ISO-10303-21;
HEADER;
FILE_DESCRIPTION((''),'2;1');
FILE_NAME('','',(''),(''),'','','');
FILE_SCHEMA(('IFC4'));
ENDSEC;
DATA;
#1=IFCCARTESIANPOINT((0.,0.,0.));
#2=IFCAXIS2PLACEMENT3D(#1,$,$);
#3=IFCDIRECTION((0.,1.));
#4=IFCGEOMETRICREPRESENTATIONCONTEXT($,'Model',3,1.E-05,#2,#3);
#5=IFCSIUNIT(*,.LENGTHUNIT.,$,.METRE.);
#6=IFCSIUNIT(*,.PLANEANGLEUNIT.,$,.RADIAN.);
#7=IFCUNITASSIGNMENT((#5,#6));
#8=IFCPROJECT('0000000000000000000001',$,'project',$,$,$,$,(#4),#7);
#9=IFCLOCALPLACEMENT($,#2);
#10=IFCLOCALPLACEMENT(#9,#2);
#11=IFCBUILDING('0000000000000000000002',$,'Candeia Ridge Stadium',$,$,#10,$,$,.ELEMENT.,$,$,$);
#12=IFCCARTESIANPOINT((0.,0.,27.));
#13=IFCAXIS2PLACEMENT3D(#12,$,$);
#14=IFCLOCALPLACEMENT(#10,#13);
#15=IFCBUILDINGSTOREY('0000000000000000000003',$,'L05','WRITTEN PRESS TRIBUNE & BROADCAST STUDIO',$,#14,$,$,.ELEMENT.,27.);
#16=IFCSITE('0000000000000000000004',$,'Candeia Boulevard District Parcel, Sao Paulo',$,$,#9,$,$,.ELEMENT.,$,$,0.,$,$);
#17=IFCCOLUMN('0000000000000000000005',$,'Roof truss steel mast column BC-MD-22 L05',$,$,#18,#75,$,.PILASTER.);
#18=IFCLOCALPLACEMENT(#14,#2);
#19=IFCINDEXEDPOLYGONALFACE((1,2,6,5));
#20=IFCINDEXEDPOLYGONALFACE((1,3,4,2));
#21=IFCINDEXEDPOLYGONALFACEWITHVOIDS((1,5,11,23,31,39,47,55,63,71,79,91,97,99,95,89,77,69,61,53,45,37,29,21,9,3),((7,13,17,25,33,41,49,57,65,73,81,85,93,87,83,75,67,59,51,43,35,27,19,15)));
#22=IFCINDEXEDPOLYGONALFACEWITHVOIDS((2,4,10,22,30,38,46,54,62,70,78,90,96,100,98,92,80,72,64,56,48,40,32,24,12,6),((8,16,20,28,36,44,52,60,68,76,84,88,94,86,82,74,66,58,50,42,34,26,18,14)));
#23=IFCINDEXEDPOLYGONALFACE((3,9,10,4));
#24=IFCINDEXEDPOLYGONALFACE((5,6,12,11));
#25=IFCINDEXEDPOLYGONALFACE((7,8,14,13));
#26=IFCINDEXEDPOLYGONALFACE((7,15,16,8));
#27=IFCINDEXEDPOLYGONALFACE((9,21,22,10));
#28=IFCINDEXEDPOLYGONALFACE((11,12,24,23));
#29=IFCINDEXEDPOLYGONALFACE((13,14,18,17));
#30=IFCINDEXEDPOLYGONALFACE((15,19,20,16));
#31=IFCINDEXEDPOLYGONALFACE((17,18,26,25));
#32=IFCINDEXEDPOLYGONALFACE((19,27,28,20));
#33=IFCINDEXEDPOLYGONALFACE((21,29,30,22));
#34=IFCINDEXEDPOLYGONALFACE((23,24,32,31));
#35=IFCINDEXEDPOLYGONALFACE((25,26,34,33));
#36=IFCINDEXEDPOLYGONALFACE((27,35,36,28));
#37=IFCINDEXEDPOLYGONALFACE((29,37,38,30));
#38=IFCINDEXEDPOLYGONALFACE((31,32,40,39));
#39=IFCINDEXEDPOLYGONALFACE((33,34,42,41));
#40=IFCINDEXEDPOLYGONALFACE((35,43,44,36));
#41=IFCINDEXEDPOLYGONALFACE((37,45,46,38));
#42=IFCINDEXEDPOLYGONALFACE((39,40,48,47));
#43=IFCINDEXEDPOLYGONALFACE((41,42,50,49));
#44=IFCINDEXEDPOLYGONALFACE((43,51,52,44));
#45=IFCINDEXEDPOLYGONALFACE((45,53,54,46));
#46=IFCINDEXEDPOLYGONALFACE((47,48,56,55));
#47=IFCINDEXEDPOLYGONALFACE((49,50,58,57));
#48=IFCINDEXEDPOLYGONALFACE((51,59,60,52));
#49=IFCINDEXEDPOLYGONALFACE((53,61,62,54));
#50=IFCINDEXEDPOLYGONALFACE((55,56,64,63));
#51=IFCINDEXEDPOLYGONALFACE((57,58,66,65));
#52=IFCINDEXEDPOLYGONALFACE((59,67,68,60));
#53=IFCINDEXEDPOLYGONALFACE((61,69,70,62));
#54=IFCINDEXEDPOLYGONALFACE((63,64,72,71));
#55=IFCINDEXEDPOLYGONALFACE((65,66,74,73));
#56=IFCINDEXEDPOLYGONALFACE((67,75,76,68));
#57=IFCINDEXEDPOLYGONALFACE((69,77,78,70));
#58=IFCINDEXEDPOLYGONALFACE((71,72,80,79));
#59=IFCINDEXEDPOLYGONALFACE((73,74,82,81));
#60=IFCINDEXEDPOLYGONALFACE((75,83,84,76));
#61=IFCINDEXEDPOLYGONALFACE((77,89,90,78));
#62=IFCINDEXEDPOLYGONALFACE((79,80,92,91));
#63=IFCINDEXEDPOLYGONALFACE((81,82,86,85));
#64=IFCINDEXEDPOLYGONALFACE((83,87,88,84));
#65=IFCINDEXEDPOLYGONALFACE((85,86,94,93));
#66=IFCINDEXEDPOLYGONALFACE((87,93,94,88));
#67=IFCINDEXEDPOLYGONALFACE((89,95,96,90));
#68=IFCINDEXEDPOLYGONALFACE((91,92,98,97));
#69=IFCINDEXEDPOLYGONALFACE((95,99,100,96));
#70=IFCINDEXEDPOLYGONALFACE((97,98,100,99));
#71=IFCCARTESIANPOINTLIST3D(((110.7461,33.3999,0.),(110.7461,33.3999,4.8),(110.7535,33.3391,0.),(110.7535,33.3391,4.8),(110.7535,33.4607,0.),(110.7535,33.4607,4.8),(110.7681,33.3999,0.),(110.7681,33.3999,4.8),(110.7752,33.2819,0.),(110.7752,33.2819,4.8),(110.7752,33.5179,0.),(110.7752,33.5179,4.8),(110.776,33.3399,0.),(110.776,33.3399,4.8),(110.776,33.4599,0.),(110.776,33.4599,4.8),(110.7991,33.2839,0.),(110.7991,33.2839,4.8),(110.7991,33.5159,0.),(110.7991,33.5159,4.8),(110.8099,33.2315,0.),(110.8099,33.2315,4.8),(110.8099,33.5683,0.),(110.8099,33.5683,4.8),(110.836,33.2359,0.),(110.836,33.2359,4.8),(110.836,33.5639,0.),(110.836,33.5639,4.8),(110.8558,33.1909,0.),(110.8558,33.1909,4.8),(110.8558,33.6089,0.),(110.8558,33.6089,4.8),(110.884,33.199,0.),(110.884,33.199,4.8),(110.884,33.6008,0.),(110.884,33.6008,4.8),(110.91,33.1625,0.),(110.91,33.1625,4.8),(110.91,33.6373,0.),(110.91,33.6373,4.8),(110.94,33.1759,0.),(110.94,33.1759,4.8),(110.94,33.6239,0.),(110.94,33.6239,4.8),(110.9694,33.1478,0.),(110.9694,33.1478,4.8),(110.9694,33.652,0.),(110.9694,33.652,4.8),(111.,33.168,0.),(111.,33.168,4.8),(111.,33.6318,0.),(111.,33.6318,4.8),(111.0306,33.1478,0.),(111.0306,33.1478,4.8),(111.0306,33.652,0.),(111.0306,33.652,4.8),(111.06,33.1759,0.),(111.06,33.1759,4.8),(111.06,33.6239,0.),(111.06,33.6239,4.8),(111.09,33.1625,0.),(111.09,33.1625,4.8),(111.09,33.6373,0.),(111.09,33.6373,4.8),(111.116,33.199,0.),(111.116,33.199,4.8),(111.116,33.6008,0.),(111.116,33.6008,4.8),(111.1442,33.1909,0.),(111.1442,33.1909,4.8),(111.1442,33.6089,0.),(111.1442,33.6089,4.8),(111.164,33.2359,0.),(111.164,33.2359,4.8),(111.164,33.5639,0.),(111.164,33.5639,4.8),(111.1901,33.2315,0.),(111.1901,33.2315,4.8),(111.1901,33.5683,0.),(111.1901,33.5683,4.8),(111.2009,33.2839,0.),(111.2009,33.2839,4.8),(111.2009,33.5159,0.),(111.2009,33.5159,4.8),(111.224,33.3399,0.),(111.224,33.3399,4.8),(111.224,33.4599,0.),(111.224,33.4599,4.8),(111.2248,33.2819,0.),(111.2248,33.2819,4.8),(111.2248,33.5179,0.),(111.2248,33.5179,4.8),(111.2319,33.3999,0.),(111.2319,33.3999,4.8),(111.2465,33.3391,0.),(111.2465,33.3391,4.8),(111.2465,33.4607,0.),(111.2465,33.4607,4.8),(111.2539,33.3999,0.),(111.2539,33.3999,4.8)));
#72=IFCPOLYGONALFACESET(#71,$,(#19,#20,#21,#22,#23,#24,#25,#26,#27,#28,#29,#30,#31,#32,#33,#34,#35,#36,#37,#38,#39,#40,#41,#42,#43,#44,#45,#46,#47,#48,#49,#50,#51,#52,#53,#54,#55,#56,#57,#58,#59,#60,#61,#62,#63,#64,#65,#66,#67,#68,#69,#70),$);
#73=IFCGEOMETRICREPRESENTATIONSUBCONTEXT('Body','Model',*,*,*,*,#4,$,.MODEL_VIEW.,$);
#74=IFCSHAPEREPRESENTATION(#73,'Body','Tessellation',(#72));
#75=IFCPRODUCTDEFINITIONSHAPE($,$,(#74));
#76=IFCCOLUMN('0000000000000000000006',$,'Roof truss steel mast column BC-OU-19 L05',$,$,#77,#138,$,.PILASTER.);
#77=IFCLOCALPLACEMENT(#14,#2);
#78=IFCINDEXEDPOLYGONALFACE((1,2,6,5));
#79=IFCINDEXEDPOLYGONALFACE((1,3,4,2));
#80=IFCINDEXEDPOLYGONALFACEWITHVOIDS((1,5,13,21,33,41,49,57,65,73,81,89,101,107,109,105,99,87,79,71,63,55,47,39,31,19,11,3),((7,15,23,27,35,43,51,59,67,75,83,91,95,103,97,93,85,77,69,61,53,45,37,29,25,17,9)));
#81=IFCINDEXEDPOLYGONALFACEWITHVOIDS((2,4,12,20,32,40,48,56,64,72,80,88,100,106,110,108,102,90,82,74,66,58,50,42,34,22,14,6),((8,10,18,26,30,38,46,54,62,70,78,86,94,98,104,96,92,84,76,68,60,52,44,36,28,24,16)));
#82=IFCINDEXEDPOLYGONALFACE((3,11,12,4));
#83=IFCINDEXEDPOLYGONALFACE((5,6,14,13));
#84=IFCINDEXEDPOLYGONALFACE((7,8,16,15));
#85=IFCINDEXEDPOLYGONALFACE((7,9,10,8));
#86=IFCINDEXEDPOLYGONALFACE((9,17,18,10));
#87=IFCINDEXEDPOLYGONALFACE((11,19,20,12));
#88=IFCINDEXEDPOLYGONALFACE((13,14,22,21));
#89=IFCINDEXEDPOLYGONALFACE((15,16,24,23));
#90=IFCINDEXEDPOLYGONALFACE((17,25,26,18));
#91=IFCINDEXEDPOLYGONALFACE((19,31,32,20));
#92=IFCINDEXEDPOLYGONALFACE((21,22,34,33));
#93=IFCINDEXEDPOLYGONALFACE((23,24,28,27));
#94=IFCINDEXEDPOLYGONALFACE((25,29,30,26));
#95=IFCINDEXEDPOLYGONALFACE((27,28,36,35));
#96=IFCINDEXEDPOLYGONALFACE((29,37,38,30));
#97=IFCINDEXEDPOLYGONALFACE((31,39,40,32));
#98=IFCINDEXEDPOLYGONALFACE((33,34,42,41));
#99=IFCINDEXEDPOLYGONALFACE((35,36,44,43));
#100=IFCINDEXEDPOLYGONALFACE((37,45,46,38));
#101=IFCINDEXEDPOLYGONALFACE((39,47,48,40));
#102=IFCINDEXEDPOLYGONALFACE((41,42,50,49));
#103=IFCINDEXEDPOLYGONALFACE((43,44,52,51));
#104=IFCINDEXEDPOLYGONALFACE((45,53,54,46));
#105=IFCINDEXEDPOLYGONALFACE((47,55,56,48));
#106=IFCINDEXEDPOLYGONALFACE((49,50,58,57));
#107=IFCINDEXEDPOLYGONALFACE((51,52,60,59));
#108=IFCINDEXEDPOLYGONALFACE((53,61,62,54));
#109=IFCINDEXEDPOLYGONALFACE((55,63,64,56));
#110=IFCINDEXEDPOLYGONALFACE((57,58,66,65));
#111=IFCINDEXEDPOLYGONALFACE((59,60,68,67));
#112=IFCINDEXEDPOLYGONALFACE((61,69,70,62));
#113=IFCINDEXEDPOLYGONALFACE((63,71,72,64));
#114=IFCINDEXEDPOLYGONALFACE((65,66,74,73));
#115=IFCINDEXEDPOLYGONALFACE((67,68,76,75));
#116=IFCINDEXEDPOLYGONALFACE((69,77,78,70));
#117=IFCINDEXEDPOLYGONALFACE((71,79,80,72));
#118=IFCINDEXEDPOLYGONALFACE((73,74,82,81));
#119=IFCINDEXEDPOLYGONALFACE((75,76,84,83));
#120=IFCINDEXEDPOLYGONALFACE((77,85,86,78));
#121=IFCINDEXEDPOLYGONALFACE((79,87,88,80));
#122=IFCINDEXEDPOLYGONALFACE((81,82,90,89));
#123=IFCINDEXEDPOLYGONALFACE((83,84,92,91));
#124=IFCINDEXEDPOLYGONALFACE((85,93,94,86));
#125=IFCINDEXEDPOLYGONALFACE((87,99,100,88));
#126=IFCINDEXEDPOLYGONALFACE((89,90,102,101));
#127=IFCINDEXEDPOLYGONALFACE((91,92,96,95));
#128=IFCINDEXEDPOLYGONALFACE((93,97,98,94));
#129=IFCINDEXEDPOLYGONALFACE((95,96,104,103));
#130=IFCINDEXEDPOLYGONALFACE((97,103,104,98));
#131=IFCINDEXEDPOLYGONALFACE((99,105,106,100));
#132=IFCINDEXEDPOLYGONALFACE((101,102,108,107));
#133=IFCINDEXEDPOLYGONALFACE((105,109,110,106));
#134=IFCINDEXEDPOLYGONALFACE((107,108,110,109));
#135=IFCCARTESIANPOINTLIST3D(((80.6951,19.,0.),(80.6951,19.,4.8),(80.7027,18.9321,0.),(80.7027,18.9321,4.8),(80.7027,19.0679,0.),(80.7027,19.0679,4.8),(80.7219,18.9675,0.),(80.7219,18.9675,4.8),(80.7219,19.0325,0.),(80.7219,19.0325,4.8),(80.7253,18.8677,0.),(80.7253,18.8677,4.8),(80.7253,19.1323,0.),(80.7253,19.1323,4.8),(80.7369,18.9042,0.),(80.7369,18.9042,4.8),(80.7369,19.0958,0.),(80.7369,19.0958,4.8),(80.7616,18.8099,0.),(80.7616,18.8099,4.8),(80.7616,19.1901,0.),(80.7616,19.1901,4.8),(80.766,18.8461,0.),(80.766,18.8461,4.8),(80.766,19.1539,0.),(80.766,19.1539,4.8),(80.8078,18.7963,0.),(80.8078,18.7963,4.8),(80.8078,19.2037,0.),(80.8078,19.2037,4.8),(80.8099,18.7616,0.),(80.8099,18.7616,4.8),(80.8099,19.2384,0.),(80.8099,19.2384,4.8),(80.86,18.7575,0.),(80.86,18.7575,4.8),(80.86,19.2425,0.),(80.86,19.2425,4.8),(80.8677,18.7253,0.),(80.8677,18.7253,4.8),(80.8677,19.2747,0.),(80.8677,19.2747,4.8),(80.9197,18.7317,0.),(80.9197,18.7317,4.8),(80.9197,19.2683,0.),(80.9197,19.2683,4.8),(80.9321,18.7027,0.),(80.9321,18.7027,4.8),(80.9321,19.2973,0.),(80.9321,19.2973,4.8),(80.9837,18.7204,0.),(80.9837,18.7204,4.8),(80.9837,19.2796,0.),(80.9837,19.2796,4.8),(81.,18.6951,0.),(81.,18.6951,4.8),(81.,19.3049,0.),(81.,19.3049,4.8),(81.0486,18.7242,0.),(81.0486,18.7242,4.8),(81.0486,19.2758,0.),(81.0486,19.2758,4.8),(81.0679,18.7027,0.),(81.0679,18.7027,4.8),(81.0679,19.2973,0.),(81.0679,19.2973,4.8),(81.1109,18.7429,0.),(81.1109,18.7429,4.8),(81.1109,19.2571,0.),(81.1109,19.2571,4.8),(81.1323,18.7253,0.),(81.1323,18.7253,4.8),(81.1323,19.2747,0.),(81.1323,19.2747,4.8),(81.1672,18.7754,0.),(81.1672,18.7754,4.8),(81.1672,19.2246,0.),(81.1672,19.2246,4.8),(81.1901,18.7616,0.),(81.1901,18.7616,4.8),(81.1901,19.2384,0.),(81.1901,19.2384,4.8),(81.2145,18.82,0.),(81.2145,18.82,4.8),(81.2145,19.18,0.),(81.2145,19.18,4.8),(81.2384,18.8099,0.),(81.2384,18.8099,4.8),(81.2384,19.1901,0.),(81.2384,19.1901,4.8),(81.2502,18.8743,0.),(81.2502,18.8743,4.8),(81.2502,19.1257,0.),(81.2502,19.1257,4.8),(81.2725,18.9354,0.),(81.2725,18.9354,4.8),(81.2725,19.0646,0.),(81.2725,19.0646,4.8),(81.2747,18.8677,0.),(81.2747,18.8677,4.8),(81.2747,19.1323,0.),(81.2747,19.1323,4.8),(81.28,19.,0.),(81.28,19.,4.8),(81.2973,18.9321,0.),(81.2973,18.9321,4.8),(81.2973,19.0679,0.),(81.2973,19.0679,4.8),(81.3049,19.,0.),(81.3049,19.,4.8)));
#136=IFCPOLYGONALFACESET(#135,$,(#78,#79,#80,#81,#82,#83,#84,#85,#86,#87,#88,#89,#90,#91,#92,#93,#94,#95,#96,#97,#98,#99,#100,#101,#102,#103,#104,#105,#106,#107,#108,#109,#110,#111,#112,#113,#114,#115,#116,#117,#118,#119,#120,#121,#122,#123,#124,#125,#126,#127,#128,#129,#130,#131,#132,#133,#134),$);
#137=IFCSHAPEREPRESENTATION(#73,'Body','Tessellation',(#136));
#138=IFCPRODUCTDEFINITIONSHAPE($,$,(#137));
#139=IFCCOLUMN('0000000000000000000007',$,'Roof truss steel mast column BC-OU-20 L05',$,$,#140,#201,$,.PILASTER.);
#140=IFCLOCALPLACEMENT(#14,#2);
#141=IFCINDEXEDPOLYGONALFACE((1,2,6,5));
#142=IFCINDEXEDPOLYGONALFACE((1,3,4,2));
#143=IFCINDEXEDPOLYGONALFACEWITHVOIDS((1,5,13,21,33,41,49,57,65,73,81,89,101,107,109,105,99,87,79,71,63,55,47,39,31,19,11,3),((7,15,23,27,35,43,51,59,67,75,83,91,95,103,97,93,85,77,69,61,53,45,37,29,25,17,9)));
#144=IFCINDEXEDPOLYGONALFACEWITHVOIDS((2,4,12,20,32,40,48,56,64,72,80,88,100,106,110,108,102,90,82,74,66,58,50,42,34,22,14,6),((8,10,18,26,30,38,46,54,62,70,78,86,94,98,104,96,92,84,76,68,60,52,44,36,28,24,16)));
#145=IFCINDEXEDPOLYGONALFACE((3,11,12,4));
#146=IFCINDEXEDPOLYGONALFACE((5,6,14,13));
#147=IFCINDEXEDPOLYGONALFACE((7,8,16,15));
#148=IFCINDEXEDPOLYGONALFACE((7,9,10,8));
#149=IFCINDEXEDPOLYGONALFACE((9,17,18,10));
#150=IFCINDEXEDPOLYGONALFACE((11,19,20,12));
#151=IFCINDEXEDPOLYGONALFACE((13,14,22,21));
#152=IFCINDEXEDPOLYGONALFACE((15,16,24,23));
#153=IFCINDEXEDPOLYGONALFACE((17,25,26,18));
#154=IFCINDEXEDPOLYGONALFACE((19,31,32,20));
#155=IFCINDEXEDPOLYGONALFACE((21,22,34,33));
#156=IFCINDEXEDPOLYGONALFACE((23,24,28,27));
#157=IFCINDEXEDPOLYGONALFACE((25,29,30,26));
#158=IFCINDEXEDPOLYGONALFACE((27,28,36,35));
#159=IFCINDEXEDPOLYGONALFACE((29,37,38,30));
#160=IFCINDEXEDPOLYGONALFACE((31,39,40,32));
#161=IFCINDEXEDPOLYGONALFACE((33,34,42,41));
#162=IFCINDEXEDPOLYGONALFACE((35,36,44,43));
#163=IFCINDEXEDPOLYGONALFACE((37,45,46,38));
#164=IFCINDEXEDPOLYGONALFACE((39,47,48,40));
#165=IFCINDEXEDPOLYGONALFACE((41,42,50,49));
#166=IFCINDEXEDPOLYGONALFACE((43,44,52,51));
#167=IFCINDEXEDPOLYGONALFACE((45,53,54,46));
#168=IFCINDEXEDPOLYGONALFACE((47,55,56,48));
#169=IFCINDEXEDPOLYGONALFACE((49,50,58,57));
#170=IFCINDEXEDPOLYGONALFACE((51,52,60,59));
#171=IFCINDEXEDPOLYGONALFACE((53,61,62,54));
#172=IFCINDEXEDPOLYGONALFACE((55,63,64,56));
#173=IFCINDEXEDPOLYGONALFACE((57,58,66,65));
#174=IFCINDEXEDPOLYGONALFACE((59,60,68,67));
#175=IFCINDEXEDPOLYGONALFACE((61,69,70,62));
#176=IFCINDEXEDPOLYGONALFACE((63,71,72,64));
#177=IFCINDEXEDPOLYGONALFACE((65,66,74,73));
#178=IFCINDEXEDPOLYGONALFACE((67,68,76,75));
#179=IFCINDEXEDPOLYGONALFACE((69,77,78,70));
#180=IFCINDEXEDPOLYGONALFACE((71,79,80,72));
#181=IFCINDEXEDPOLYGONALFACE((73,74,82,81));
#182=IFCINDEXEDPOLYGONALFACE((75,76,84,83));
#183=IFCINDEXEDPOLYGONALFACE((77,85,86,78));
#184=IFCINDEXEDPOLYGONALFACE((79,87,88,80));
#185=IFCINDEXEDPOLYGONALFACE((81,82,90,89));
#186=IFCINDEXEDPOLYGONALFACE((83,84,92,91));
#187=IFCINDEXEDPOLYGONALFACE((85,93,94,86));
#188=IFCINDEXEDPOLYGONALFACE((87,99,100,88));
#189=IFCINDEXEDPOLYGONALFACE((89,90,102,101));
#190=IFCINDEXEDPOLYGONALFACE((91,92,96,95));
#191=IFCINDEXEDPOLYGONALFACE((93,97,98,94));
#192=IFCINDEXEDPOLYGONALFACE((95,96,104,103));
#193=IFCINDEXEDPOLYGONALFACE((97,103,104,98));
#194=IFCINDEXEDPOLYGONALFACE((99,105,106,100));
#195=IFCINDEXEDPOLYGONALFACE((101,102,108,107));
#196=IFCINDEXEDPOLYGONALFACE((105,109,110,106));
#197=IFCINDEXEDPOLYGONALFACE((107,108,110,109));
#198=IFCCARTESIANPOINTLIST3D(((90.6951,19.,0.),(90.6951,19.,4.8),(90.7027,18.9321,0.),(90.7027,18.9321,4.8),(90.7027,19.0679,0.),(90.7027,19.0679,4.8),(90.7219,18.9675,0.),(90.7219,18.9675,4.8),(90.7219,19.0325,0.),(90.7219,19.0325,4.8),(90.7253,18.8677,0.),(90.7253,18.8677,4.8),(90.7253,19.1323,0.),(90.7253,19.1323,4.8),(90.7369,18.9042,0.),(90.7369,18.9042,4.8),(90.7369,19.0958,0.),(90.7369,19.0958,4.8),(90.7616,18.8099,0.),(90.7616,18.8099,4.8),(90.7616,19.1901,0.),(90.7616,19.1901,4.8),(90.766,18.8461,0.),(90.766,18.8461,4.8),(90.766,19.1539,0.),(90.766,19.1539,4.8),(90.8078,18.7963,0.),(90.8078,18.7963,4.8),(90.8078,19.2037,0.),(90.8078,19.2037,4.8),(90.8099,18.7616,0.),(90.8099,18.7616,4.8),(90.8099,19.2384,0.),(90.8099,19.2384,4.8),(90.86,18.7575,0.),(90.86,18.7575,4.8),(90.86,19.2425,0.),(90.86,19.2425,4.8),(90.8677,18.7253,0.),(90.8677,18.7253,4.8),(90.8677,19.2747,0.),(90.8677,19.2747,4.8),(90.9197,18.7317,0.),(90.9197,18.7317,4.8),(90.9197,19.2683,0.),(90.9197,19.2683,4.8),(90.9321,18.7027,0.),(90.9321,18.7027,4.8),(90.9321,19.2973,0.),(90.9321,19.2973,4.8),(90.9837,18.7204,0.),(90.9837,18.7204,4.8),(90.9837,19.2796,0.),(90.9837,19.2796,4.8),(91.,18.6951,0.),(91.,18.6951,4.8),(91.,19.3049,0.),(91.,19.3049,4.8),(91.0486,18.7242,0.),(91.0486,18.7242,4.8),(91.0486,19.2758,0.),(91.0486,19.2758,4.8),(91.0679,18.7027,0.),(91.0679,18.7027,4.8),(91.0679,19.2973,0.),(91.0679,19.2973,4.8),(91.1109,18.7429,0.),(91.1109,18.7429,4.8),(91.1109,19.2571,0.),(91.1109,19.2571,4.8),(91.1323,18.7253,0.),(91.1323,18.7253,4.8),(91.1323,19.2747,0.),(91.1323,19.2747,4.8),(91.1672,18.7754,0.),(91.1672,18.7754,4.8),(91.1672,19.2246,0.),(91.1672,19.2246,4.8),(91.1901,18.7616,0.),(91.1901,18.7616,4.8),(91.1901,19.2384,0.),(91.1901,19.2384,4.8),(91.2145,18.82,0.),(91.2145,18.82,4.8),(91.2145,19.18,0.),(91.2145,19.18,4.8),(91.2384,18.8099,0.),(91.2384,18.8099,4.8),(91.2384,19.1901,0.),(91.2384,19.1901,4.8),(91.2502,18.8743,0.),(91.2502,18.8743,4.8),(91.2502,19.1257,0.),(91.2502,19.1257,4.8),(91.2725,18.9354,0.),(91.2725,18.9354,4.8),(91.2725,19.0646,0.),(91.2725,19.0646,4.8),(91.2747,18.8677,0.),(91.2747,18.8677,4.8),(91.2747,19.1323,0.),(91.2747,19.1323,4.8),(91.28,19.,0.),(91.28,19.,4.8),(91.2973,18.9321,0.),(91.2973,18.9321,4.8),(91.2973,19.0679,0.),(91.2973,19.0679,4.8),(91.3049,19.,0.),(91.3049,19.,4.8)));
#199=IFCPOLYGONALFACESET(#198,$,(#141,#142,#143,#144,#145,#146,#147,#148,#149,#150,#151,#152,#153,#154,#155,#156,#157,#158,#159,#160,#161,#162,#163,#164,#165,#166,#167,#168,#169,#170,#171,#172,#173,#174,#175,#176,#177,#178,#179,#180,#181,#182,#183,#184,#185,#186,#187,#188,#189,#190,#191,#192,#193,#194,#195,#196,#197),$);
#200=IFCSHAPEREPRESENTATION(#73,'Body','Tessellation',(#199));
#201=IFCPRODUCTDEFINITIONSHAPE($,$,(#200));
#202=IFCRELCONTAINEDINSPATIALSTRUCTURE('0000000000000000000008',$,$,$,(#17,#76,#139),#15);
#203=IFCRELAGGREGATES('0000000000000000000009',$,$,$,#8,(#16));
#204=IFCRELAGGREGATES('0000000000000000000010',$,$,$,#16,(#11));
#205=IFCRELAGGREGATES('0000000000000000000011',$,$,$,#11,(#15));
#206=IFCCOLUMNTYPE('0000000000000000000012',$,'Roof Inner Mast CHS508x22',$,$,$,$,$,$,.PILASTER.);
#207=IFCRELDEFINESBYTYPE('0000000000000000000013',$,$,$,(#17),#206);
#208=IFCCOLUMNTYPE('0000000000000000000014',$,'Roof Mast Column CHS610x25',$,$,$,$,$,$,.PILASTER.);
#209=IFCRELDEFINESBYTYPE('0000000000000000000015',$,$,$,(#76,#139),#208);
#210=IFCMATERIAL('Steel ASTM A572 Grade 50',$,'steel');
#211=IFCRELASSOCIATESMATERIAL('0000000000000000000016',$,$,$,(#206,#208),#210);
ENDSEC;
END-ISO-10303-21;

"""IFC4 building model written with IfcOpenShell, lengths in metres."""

from ifc_helpers import new_model, si_unit, direction, frame, origin, origin_2d, place, context, subcontext, project, spatial, hollow_circle, extrude, material, material_profile, profile_set, type_object, element, save


model = new_model("IFC4")

# Units and contexts
model_context = context("Model", 3, precision=1e-05, world=origin(), true_north=direction((0.0, 1.0)))
body_context = subcontext(model_context, "Body", "Model", "MODEL_VIEW")
ifc_project = project(units=[si_unit("LENGTHUNIT", "METRE"), si_unit("PLANEANGLEUNIT", "RADIAN")], contexts=[model_context])

# Site, building, storey
site_placement = place(None, origin())
site = spatial("IfcSite", under=ifc_project, at=site_placement, Name="Candeia Boulevard District Parcel, Sao Paulo", CompositionType="ELEMENT", RefElevation=0.0)
building_placement = place(site_placement, origin())
building = spatial("IfcBuilding", under=site, at=building_placement, Name="Candeia Ridge Stadium", CompositionType="ELEMENT")
storey_placement = place(building_placement, frame((0.0, 0.0, 27.0)))
storey = spatial("IfcBuildingStorey", under=building, at=storey_placement, Name="L05", Description="WRITTEN PRESS TRIBUNE & BROADCAST STUDIO", CompositionType="ELEMENT", Elevation=27.0)

# Columns
ifc_material_1 = material(Name="Steel ASTM A572 Grade 50", Category="steel")
ifc_material_profile_1 = material_profile(ifc_material_1, hollow_circle(Radius=0.2539, WallThickness=0.022, at=origin_2d()), Name="CHS508x22", Category="steel")
ifc_profile_set_1 = profile_set([ifc_material_profile_1], Name="Steel ASTM A572 Grade 50")
column_type_1 = type_object("IfcColumnType", Name="Roof Inner Mast CHS508x22", PredefinedType="PILASTER", material=ifc_profile_set_1)
for number, where, z_axis, x_axis, name in (
    (1, (111.0, 33.3999, 0.0), (0.0, 0.0, 1.0), (1.0, 0.0, 0.0), "Roof truss steel mast column BC-MD-22 L05"),
):
    element("IfcColumn", number, at=place(storey_placement, frame(where, z_axis=z_axis, x_axis=x_axis)), inside=storey, type_object=column_type_1, Name=name, PredefinedType="PILASTER", context=body_context, shape_type="SweptSolid", body=[
        extrude(hollow_circle(Radius=0.2539, WallThickness=0.022, at=origin_2d()), origin(), (0.0, 0.0, 1.0), 4.8),
    ])
ifc_material_profile_2 = material_profile(ifc_material_1, hollow_circle(Radius=0.3049, WallThickness=0.0249, at=origin_2d()), Name="CHS610x25", Category="steel")
ifc_profile_set_2 = profile_set([ifc_material_profile_2], Name="Steel ASTM A572 Grade 50")
column_type_2 = type_object("IfcColumnType", Name="Roof Mast Column CHS610x25", PredefinedType="PILASTER", material=ifc_profile_set_2)
for number, where, z_axis, x_axis, name in (
    (2, (81.0, 19.0, 0.0), (0.0, 0.0, 1.0), (1.0, 0.0, 0.0), "Roof truss steel mast column BC-OU-19 L05"),
    (3, (91.0, 19.0, 0.0), (0.0, 0.0, 1.0), (1.0, 0.0, 0.0), "Roof truss steel mast column BC-OU-20 L05"),
):
    element("IfcColumn", number, at=place(storey_placement, frame(where, z_axis=z_axis, x_axis=x_axis)), inside=storey, type_object=column_type_2, Name=name, PredefinedType="PILASTER", context=body_context, shape_type="SweptSolid", body=[
        extrude(hollow_circle(Radius=0.3049, WallThickness=0.0249, at=origin_2d()), origin(), (0.0, 0.0, 1.0), 4.8),
    ])

save(model, "model.ifc")
